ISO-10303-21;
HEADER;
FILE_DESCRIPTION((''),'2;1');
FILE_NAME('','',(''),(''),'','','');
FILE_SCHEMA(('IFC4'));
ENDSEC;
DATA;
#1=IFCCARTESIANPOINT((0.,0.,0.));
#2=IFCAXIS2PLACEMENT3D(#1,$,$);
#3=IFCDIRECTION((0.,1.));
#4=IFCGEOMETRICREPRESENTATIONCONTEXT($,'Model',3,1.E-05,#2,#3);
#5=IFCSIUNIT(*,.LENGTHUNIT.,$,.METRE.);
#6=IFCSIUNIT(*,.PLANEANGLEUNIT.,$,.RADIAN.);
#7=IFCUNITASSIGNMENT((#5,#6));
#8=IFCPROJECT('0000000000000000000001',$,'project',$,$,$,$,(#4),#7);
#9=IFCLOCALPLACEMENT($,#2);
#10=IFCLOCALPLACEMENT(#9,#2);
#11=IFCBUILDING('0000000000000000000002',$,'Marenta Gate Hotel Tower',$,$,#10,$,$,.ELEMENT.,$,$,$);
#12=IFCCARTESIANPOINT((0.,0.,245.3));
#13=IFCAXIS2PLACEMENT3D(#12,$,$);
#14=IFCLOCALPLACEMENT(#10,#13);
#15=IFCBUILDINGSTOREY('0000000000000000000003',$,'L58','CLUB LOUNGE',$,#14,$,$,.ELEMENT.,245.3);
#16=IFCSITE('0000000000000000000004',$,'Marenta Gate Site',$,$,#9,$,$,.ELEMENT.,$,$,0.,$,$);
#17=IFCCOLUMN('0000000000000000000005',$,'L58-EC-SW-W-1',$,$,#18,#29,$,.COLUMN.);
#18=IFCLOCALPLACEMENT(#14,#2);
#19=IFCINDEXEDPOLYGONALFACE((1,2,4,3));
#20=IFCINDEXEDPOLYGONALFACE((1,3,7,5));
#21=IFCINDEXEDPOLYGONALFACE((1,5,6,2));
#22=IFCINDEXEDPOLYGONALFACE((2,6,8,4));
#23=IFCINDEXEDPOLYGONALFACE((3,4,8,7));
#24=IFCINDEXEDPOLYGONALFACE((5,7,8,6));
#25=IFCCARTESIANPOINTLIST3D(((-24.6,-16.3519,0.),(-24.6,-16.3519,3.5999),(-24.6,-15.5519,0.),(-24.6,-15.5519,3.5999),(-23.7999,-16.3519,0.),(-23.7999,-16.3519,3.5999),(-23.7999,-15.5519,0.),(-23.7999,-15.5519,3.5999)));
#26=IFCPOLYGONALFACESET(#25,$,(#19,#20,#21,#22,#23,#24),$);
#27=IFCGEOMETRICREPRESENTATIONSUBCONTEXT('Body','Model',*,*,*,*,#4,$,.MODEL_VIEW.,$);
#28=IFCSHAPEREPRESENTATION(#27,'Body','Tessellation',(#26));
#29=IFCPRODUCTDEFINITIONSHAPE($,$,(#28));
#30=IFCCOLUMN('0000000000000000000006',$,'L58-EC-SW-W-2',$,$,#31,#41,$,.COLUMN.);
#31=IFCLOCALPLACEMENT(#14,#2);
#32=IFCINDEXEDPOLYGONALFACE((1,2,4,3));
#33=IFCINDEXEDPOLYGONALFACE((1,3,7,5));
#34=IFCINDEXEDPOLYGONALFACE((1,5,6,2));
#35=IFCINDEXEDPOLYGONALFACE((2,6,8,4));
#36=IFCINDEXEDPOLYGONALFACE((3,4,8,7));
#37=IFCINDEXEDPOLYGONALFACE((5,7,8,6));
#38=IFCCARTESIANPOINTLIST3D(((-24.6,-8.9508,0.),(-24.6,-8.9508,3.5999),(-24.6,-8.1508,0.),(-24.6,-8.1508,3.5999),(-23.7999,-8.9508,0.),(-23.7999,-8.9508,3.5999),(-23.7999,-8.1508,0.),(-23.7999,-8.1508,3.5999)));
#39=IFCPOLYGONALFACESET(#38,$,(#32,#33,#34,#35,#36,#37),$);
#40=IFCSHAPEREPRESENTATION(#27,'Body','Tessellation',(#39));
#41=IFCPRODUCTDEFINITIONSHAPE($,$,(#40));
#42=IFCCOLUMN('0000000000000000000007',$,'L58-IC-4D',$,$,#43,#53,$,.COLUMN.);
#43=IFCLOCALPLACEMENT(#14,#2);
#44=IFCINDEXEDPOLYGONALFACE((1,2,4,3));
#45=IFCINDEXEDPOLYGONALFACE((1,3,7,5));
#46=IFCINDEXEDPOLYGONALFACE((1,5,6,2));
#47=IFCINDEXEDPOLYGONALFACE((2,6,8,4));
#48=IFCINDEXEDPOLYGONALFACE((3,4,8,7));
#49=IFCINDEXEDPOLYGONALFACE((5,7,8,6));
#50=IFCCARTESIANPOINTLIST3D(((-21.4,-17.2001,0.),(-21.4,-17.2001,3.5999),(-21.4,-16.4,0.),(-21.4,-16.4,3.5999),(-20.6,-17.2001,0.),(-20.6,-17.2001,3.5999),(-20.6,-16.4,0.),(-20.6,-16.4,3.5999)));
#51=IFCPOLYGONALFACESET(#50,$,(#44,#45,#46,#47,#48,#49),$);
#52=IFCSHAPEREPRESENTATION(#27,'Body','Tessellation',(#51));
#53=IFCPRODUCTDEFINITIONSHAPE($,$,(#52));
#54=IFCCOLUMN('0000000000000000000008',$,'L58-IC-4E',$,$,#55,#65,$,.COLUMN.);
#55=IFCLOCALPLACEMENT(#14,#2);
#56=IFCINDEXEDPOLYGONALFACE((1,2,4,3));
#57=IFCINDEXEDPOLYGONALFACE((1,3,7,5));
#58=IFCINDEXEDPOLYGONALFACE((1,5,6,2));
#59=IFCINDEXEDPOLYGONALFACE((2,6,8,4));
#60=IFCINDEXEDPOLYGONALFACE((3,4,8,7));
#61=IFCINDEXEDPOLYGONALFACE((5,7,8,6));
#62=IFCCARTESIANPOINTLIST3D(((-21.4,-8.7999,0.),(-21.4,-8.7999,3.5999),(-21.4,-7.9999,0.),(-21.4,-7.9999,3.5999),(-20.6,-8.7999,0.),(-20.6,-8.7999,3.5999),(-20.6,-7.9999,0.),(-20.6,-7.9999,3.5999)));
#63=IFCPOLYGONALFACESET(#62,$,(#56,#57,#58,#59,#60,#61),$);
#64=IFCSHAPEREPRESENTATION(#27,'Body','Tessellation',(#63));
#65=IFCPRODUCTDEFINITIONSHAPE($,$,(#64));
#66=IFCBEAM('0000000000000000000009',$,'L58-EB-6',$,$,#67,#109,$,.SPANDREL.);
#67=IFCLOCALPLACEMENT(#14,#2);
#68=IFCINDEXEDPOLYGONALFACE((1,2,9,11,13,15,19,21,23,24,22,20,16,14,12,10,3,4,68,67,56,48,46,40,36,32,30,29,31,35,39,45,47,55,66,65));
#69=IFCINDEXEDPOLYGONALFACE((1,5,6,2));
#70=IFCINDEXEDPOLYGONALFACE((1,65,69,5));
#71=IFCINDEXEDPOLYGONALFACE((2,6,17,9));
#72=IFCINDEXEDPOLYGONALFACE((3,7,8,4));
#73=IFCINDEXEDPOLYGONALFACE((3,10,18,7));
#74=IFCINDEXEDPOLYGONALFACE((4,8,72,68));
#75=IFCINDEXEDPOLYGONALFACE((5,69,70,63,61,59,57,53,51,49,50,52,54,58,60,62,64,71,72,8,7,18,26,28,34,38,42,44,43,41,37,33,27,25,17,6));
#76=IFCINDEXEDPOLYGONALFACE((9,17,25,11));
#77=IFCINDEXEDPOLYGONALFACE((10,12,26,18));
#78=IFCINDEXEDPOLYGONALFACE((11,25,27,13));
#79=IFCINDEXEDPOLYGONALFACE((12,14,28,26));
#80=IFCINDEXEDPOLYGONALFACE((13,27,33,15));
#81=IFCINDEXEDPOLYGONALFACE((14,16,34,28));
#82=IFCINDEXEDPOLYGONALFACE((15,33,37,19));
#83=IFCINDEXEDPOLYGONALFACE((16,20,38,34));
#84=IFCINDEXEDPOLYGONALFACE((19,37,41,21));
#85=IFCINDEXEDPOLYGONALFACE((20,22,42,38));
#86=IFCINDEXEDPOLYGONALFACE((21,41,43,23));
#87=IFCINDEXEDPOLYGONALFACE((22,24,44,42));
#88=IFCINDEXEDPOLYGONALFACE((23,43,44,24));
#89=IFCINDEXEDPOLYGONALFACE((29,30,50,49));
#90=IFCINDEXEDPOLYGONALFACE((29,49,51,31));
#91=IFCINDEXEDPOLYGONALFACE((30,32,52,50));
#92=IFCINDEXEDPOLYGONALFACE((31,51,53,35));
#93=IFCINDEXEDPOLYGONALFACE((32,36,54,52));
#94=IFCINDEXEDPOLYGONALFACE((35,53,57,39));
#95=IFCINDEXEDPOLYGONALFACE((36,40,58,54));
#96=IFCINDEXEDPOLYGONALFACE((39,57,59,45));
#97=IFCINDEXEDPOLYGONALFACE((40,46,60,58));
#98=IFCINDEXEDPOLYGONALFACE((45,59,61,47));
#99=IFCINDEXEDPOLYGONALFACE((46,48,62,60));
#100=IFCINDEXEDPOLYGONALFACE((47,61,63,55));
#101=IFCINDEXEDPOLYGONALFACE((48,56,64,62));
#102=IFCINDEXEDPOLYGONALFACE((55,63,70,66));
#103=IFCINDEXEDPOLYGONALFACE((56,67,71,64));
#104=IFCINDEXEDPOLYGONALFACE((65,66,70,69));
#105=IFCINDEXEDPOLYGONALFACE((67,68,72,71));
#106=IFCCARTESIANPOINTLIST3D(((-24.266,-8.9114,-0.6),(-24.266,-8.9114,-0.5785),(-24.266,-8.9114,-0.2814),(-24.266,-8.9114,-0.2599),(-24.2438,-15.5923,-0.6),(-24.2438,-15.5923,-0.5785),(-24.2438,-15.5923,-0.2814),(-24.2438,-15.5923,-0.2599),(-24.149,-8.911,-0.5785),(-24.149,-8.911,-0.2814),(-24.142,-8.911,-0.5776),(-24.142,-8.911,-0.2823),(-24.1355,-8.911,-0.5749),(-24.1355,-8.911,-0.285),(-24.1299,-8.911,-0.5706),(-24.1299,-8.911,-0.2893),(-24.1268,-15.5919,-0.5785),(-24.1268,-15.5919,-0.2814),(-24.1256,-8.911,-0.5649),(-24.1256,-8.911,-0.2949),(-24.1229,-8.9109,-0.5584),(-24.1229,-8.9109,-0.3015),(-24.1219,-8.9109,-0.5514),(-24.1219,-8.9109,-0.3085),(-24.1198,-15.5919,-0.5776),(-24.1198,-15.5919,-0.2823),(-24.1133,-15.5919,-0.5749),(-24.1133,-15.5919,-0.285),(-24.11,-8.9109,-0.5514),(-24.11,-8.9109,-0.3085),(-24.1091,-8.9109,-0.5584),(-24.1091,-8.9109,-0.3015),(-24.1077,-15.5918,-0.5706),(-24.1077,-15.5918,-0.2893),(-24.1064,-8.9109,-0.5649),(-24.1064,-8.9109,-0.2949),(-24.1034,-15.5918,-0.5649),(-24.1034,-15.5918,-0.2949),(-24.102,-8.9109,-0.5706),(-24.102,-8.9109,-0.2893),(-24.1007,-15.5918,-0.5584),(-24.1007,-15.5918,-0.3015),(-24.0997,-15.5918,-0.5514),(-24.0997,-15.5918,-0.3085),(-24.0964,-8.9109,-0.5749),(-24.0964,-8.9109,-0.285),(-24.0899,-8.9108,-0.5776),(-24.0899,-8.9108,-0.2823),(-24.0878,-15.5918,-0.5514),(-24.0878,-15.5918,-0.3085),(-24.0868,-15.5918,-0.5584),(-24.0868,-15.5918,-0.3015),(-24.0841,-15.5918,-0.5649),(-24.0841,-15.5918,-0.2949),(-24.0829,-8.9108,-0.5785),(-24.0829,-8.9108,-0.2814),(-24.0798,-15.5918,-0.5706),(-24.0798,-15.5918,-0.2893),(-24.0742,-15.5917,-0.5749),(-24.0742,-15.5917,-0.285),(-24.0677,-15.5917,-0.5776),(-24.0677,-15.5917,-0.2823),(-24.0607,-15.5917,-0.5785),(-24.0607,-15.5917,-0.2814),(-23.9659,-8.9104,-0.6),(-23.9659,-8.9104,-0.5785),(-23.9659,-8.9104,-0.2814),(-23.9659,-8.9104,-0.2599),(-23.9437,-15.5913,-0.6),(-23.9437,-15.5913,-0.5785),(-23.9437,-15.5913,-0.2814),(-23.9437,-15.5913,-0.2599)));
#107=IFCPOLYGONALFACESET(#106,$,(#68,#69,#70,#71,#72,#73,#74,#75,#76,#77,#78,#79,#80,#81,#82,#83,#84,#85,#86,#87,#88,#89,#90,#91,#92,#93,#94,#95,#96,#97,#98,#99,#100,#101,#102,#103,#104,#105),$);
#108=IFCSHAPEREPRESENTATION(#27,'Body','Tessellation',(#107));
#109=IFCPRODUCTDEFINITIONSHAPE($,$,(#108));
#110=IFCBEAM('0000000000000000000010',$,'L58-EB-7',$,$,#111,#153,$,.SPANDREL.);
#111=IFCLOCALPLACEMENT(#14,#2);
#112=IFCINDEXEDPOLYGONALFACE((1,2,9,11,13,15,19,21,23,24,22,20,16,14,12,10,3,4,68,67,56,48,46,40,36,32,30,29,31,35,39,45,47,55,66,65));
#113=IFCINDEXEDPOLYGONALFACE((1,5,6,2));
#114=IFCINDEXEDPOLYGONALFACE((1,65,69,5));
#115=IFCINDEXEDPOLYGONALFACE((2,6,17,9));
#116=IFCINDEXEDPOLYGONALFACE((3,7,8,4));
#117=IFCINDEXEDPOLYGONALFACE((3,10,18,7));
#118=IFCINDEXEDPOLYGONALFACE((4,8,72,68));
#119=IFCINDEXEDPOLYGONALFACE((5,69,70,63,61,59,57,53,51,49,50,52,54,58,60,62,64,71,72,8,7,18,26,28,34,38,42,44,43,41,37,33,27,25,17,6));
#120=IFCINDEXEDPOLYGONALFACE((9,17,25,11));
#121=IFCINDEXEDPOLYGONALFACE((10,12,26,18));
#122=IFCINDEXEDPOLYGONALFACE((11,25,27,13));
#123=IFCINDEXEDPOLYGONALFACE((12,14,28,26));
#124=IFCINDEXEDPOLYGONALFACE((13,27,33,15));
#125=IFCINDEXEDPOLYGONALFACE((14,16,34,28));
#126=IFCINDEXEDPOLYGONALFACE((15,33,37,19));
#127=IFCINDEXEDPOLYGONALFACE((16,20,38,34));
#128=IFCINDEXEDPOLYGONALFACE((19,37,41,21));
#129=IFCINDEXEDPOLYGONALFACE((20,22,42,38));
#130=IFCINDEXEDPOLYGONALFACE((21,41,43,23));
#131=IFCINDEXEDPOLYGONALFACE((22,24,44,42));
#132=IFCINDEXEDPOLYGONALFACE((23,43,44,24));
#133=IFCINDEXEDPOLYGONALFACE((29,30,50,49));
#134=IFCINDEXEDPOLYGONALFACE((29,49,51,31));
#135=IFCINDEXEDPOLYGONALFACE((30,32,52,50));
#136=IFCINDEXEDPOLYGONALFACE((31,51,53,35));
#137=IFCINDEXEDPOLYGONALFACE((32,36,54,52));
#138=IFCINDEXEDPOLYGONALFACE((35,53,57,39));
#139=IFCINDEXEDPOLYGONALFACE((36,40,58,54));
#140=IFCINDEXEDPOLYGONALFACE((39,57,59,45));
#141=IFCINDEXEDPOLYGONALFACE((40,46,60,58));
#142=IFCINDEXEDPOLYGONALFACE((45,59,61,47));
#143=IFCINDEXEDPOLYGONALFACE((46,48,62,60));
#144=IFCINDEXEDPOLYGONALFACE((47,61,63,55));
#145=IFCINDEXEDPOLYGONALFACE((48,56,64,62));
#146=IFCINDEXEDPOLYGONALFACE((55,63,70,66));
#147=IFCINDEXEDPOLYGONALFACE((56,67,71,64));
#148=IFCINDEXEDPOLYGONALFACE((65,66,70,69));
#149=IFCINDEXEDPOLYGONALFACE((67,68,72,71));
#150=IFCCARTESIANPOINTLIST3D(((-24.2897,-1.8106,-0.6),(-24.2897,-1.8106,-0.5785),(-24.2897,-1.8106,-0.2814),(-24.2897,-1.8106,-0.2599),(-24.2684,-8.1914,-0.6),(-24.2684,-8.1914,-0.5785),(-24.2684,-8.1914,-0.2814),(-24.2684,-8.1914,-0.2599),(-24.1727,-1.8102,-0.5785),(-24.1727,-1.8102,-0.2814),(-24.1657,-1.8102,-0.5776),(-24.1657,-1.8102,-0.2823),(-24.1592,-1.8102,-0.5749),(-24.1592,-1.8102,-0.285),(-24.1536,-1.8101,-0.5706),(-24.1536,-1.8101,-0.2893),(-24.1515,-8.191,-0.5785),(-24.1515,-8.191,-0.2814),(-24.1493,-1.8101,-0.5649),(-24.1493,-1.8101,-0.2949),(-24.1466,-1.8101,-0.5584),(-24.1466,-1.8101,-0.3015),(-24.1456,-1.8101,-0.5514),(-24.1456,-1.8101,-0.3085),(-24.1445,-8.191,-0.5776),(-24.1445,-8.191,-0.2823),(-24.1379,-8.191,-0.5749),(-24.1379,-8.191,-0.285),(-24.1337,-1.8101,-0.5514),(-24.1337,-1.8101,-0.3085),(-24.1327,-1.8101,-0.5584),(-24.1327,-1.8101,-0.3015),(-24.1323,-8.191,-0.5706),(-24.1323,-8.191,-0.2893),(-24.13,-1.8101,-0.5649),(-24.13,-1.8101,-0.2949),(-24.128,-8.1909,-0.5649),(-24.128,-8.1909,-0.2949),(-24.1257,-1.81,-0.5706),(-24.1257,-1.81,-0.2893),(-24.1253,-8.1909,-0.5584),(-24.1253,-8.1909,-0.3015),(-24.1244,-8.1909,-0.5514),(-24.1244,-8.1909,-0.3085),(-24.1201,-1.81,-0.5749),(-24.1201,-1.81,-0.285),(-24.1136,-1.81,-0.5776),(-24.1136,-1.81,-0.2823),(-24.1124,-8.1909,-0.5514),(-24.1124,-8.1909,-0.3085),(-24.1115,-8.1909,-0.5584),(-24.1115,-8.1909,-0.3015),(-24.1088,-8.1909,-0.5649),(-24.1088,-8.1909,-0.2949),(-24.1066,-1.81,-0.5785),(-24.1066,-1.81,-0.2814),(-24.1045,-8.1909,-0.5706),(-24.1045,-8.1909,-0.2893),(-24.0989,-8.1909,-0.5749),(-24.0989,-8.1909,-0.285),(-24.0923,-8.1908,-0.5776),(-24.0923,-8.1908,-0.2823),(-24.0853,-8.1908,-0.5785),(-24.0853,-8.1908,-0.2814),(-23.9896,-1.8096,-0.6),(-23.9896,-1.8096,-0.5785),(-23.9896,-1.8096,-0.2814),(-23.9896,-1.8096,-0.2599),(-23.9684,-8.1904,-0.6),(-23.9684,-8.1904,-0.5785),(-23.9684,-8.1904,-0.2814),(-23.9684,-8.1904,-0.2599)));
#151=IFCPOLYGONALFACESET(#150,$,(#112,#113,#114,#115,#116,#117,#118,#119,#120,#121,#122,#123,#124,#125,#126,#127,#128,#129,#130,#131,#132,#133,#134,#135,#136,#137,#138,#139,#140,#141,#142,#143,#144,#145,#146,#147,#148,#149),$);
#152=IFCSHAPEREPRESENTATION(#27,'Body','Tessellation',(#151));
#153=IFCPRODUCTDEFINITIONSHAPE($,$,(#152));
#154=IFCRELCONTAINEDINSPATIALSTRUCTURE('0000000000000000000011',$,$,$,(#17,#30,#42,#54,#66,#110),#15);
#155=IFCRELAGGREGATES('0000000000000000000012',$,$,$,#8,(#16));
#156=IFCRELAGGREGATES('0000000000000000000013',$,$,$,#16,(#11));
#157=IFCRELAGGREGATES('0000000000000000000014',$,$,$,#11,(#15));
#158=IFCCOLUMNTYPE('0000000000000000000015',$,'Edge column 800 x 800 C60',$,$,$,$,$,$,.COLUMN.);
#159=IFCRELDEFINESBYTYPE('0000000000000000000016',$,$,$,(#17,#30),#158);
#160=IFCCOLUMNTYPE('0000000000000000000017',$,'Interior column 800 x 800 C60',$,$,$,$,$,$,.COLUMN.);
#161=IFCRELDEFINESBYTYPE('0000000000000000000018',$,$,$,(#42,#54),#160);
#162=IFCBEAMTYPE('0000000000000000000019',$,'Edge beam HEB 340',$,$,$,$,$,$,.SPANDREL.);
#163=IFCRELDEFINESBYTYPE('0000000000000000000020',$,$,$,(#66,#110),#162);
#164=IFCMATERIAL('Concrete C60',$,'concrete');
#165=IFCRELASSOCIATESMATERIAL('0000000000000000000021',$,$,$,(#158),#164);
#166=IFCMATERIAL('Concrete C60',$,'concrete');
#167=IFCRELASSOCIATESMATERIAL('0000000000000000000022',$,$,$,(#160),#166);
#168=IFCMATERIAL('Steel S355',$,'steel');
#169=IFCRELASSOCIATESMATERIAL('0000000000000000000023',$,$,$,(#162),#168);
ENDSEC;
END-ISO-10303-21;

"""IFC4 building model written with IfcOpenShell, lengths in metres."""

from ifc_helpers import new_model, si_unit, direction, frame, origin, origin_2d, place, context, subcontext, project, spatial, rectangle, i_section, extrude, material, material_profile, profile_set, type_object, element, save


model = new_model("IFC4")

# Units and contexts
model_context = context("Model", 3, precision=1e-05, world=origin(), true_north=direction((0.0, 1.0)))
body_context = subcontext(model_context, "Body", "Model", "MODEL_VIEW")
ifc_project = project(units=[si_unit("LENGTHUNIT", "METRE"), si_unit("PLANEANGLEUNIT", "RADIAN")], contexts=[model_context])

# Site, building, storey
site_placement = place(None, origin())
site = spatial("IfcSite", under=ifc_project, at=site_placement, Name="Marenta Gate Site", CompositionType="ELEMENT", RefElevation=0.0)
building_placement = place(site_placement, origin())
building = spatial("IfcBuilding", under=site, at=building_placement, Name="Marenta Gate Hotel Tower", CompositionType="ELEMENT")
storey_placement = place(building_placement, frame((0.0, 0.0, 245.3)))
storey = spatial("IfcBuildingStorey", under=building, at=storey_placement, Name="L58", Description="CLUB LOUNGE", CompositionType="ELEMENT", Elevation=245.3)

# Columns
ifc_material_1 = material(Name="Concrete C60", Category="concrete")
ifc_material_profile_1 = material_profile(ifc_material_1, rectangle(XDim=0.8, YDim=0.8, at=origin_2d()), Name="800 x 800")
ifc_profile_set_1 = profile_set([ifc_material_profile_1], Name="Concrete C60")
column_type_1 = type_object("IfcColumnType", Name="Edge column 800 x 800 C60", PredefinedType="COLUMN", material=ifc_profile_set_1)
for number, where, z_axis, x_axis, name in (
    (1, (-24.2, -15.9519, 0.0), (0.0, 0.0, 1.0), (1.0, 0.0, 0.0), "L58-EC-SW-W-1"),
    (2, (-24.2, -8.5508, 0.0), (0.0, 0.0, 1.0), (1.0, 0.0, 0.0), "L58-EC-SW-W-2"),
):
    element("IfcColumn", number, at=place(storey_placement, frame(where, z_axis=z_axis, x_axis=x_axis)), inside=storey, type_object=column_type_1, Name=name, PredefinedType="COLUMN", context=body_context, shape_type="SweptSolid", body=[
        extrude(rectangle(XDim=0.8, YDim=0.8, at=origin_2d()), origin(), (0.0, 0.0, 1.0), 3.5999),
    ])
ifc_material_2 = material(Name="Concrete C60", Category="concrete")
ifc_material_profile_2 = material_profile(ifc_material_2, rectangle(XDim=0.8, YDim=0.8, at=origin_2d()), Name="800 x 800")
ifc_profile_set_2 = profile_set([ifc_material_profile_2], Name="Concrete C60")
column_type_2 = type_object("IfcColumnType", Name="Interior column 800 x 800 C60", PredefinedType="COLUMN", material=ifc_profile_set_2)
for number, where, z_axis, x_axis, name in (
    (3, (-21.0, -16.8, 0.0), (0.0, 0.0, 1.0), (1.0, 0.0, 0.0), "L58-IC-4D"),
    (4, (-21.0, -8.3999, 0.0), (0.0, 0.0, 1.0), (1.0, 0.0, 0.0), "L58-IC-4E"),
):
    element("IfcColumn", number, at=place(storey_placement, frame(where, z_axis=z_axis, x_axis=x_axis)), inside=storey, type_object=column_type_2, Name=name, PredefinedType="COLUMN", context=body_context, shape_type="SweptSolid", body=[
        extrude(rectangle(XDim=0.8, YDim=0.8, at=origin_2d()), origin(), (0.0, 0.0, 1.0), 3.5999),
    ])

# Beams
ifc_material_3 = material(Name="Steel S355", Category="steel")
ifc_material_profile_3 = material_profile(ifc_material_3, i_section(OverallWidth=0.3, OverallDepth=0.3401, WebThickness=0.012, FlangeThickness=0.0215, FilletRadius=0.0271, at=origin_2d()), Name="HEB 340")
ifc_profile_set_3 = profile_set([ifc_material_profile_3], Name="Steel S355")
beam_type_1 = type_object("IfcBeamType", Name="Edge beam HEB 340", PredefinedType="SPANDREL", material=ifc_profile_set_3)
beam_1_placement = place(storey_placement, frame((-24.0938, -15.5918, -0.4299), z_axis=(-0.003325, 0.999994, 0.0), x_axis=(-0.999994, -0.003325, 0.0)))
element("IfcBeam", 5, at=beam_1_placement, inside=storey, type_object=beam_type_1, Name="L58-EB-6", PredefinedType="SPANDREL", context=body_context, shape_type="SweptSolid", body=[
    extrude(i_section(OverallWidth=0.3, OverallDepth=0.3401, WebThickness=0.012, FlangeThickness=0.0215, FilletRadius=0.0271, at=origin_2d()), origin(), (0.0, 0.0, 1.0), 6.6809),
])
beam_2_placement = place(storey_placement, frame((-24.1184, -8.1909, -0.4299), z_axis=(-0.003329, 0.999994, 0.0), x_axis=(-0.999994, -0.003329, 0.0)))
element("IfcBeam", 6, at=beam_2_placement, inside=storey, type_object=beam_type_1, Name="L58-EB-7", PredefinedType="SPANDREL", context=body_context, shape_type="SweptSolid", body=[
    extrude(i_section(OverallWidth=0.3, OverallDepth=0.3401, WebThickness=0.012, FlangeThickness=0.0215, FilletRadius=0.0271, at=origin_2d()), origin(), (0.0, 0.0, 1.0), 6.3809),
])

save(model, "model.ifc")
